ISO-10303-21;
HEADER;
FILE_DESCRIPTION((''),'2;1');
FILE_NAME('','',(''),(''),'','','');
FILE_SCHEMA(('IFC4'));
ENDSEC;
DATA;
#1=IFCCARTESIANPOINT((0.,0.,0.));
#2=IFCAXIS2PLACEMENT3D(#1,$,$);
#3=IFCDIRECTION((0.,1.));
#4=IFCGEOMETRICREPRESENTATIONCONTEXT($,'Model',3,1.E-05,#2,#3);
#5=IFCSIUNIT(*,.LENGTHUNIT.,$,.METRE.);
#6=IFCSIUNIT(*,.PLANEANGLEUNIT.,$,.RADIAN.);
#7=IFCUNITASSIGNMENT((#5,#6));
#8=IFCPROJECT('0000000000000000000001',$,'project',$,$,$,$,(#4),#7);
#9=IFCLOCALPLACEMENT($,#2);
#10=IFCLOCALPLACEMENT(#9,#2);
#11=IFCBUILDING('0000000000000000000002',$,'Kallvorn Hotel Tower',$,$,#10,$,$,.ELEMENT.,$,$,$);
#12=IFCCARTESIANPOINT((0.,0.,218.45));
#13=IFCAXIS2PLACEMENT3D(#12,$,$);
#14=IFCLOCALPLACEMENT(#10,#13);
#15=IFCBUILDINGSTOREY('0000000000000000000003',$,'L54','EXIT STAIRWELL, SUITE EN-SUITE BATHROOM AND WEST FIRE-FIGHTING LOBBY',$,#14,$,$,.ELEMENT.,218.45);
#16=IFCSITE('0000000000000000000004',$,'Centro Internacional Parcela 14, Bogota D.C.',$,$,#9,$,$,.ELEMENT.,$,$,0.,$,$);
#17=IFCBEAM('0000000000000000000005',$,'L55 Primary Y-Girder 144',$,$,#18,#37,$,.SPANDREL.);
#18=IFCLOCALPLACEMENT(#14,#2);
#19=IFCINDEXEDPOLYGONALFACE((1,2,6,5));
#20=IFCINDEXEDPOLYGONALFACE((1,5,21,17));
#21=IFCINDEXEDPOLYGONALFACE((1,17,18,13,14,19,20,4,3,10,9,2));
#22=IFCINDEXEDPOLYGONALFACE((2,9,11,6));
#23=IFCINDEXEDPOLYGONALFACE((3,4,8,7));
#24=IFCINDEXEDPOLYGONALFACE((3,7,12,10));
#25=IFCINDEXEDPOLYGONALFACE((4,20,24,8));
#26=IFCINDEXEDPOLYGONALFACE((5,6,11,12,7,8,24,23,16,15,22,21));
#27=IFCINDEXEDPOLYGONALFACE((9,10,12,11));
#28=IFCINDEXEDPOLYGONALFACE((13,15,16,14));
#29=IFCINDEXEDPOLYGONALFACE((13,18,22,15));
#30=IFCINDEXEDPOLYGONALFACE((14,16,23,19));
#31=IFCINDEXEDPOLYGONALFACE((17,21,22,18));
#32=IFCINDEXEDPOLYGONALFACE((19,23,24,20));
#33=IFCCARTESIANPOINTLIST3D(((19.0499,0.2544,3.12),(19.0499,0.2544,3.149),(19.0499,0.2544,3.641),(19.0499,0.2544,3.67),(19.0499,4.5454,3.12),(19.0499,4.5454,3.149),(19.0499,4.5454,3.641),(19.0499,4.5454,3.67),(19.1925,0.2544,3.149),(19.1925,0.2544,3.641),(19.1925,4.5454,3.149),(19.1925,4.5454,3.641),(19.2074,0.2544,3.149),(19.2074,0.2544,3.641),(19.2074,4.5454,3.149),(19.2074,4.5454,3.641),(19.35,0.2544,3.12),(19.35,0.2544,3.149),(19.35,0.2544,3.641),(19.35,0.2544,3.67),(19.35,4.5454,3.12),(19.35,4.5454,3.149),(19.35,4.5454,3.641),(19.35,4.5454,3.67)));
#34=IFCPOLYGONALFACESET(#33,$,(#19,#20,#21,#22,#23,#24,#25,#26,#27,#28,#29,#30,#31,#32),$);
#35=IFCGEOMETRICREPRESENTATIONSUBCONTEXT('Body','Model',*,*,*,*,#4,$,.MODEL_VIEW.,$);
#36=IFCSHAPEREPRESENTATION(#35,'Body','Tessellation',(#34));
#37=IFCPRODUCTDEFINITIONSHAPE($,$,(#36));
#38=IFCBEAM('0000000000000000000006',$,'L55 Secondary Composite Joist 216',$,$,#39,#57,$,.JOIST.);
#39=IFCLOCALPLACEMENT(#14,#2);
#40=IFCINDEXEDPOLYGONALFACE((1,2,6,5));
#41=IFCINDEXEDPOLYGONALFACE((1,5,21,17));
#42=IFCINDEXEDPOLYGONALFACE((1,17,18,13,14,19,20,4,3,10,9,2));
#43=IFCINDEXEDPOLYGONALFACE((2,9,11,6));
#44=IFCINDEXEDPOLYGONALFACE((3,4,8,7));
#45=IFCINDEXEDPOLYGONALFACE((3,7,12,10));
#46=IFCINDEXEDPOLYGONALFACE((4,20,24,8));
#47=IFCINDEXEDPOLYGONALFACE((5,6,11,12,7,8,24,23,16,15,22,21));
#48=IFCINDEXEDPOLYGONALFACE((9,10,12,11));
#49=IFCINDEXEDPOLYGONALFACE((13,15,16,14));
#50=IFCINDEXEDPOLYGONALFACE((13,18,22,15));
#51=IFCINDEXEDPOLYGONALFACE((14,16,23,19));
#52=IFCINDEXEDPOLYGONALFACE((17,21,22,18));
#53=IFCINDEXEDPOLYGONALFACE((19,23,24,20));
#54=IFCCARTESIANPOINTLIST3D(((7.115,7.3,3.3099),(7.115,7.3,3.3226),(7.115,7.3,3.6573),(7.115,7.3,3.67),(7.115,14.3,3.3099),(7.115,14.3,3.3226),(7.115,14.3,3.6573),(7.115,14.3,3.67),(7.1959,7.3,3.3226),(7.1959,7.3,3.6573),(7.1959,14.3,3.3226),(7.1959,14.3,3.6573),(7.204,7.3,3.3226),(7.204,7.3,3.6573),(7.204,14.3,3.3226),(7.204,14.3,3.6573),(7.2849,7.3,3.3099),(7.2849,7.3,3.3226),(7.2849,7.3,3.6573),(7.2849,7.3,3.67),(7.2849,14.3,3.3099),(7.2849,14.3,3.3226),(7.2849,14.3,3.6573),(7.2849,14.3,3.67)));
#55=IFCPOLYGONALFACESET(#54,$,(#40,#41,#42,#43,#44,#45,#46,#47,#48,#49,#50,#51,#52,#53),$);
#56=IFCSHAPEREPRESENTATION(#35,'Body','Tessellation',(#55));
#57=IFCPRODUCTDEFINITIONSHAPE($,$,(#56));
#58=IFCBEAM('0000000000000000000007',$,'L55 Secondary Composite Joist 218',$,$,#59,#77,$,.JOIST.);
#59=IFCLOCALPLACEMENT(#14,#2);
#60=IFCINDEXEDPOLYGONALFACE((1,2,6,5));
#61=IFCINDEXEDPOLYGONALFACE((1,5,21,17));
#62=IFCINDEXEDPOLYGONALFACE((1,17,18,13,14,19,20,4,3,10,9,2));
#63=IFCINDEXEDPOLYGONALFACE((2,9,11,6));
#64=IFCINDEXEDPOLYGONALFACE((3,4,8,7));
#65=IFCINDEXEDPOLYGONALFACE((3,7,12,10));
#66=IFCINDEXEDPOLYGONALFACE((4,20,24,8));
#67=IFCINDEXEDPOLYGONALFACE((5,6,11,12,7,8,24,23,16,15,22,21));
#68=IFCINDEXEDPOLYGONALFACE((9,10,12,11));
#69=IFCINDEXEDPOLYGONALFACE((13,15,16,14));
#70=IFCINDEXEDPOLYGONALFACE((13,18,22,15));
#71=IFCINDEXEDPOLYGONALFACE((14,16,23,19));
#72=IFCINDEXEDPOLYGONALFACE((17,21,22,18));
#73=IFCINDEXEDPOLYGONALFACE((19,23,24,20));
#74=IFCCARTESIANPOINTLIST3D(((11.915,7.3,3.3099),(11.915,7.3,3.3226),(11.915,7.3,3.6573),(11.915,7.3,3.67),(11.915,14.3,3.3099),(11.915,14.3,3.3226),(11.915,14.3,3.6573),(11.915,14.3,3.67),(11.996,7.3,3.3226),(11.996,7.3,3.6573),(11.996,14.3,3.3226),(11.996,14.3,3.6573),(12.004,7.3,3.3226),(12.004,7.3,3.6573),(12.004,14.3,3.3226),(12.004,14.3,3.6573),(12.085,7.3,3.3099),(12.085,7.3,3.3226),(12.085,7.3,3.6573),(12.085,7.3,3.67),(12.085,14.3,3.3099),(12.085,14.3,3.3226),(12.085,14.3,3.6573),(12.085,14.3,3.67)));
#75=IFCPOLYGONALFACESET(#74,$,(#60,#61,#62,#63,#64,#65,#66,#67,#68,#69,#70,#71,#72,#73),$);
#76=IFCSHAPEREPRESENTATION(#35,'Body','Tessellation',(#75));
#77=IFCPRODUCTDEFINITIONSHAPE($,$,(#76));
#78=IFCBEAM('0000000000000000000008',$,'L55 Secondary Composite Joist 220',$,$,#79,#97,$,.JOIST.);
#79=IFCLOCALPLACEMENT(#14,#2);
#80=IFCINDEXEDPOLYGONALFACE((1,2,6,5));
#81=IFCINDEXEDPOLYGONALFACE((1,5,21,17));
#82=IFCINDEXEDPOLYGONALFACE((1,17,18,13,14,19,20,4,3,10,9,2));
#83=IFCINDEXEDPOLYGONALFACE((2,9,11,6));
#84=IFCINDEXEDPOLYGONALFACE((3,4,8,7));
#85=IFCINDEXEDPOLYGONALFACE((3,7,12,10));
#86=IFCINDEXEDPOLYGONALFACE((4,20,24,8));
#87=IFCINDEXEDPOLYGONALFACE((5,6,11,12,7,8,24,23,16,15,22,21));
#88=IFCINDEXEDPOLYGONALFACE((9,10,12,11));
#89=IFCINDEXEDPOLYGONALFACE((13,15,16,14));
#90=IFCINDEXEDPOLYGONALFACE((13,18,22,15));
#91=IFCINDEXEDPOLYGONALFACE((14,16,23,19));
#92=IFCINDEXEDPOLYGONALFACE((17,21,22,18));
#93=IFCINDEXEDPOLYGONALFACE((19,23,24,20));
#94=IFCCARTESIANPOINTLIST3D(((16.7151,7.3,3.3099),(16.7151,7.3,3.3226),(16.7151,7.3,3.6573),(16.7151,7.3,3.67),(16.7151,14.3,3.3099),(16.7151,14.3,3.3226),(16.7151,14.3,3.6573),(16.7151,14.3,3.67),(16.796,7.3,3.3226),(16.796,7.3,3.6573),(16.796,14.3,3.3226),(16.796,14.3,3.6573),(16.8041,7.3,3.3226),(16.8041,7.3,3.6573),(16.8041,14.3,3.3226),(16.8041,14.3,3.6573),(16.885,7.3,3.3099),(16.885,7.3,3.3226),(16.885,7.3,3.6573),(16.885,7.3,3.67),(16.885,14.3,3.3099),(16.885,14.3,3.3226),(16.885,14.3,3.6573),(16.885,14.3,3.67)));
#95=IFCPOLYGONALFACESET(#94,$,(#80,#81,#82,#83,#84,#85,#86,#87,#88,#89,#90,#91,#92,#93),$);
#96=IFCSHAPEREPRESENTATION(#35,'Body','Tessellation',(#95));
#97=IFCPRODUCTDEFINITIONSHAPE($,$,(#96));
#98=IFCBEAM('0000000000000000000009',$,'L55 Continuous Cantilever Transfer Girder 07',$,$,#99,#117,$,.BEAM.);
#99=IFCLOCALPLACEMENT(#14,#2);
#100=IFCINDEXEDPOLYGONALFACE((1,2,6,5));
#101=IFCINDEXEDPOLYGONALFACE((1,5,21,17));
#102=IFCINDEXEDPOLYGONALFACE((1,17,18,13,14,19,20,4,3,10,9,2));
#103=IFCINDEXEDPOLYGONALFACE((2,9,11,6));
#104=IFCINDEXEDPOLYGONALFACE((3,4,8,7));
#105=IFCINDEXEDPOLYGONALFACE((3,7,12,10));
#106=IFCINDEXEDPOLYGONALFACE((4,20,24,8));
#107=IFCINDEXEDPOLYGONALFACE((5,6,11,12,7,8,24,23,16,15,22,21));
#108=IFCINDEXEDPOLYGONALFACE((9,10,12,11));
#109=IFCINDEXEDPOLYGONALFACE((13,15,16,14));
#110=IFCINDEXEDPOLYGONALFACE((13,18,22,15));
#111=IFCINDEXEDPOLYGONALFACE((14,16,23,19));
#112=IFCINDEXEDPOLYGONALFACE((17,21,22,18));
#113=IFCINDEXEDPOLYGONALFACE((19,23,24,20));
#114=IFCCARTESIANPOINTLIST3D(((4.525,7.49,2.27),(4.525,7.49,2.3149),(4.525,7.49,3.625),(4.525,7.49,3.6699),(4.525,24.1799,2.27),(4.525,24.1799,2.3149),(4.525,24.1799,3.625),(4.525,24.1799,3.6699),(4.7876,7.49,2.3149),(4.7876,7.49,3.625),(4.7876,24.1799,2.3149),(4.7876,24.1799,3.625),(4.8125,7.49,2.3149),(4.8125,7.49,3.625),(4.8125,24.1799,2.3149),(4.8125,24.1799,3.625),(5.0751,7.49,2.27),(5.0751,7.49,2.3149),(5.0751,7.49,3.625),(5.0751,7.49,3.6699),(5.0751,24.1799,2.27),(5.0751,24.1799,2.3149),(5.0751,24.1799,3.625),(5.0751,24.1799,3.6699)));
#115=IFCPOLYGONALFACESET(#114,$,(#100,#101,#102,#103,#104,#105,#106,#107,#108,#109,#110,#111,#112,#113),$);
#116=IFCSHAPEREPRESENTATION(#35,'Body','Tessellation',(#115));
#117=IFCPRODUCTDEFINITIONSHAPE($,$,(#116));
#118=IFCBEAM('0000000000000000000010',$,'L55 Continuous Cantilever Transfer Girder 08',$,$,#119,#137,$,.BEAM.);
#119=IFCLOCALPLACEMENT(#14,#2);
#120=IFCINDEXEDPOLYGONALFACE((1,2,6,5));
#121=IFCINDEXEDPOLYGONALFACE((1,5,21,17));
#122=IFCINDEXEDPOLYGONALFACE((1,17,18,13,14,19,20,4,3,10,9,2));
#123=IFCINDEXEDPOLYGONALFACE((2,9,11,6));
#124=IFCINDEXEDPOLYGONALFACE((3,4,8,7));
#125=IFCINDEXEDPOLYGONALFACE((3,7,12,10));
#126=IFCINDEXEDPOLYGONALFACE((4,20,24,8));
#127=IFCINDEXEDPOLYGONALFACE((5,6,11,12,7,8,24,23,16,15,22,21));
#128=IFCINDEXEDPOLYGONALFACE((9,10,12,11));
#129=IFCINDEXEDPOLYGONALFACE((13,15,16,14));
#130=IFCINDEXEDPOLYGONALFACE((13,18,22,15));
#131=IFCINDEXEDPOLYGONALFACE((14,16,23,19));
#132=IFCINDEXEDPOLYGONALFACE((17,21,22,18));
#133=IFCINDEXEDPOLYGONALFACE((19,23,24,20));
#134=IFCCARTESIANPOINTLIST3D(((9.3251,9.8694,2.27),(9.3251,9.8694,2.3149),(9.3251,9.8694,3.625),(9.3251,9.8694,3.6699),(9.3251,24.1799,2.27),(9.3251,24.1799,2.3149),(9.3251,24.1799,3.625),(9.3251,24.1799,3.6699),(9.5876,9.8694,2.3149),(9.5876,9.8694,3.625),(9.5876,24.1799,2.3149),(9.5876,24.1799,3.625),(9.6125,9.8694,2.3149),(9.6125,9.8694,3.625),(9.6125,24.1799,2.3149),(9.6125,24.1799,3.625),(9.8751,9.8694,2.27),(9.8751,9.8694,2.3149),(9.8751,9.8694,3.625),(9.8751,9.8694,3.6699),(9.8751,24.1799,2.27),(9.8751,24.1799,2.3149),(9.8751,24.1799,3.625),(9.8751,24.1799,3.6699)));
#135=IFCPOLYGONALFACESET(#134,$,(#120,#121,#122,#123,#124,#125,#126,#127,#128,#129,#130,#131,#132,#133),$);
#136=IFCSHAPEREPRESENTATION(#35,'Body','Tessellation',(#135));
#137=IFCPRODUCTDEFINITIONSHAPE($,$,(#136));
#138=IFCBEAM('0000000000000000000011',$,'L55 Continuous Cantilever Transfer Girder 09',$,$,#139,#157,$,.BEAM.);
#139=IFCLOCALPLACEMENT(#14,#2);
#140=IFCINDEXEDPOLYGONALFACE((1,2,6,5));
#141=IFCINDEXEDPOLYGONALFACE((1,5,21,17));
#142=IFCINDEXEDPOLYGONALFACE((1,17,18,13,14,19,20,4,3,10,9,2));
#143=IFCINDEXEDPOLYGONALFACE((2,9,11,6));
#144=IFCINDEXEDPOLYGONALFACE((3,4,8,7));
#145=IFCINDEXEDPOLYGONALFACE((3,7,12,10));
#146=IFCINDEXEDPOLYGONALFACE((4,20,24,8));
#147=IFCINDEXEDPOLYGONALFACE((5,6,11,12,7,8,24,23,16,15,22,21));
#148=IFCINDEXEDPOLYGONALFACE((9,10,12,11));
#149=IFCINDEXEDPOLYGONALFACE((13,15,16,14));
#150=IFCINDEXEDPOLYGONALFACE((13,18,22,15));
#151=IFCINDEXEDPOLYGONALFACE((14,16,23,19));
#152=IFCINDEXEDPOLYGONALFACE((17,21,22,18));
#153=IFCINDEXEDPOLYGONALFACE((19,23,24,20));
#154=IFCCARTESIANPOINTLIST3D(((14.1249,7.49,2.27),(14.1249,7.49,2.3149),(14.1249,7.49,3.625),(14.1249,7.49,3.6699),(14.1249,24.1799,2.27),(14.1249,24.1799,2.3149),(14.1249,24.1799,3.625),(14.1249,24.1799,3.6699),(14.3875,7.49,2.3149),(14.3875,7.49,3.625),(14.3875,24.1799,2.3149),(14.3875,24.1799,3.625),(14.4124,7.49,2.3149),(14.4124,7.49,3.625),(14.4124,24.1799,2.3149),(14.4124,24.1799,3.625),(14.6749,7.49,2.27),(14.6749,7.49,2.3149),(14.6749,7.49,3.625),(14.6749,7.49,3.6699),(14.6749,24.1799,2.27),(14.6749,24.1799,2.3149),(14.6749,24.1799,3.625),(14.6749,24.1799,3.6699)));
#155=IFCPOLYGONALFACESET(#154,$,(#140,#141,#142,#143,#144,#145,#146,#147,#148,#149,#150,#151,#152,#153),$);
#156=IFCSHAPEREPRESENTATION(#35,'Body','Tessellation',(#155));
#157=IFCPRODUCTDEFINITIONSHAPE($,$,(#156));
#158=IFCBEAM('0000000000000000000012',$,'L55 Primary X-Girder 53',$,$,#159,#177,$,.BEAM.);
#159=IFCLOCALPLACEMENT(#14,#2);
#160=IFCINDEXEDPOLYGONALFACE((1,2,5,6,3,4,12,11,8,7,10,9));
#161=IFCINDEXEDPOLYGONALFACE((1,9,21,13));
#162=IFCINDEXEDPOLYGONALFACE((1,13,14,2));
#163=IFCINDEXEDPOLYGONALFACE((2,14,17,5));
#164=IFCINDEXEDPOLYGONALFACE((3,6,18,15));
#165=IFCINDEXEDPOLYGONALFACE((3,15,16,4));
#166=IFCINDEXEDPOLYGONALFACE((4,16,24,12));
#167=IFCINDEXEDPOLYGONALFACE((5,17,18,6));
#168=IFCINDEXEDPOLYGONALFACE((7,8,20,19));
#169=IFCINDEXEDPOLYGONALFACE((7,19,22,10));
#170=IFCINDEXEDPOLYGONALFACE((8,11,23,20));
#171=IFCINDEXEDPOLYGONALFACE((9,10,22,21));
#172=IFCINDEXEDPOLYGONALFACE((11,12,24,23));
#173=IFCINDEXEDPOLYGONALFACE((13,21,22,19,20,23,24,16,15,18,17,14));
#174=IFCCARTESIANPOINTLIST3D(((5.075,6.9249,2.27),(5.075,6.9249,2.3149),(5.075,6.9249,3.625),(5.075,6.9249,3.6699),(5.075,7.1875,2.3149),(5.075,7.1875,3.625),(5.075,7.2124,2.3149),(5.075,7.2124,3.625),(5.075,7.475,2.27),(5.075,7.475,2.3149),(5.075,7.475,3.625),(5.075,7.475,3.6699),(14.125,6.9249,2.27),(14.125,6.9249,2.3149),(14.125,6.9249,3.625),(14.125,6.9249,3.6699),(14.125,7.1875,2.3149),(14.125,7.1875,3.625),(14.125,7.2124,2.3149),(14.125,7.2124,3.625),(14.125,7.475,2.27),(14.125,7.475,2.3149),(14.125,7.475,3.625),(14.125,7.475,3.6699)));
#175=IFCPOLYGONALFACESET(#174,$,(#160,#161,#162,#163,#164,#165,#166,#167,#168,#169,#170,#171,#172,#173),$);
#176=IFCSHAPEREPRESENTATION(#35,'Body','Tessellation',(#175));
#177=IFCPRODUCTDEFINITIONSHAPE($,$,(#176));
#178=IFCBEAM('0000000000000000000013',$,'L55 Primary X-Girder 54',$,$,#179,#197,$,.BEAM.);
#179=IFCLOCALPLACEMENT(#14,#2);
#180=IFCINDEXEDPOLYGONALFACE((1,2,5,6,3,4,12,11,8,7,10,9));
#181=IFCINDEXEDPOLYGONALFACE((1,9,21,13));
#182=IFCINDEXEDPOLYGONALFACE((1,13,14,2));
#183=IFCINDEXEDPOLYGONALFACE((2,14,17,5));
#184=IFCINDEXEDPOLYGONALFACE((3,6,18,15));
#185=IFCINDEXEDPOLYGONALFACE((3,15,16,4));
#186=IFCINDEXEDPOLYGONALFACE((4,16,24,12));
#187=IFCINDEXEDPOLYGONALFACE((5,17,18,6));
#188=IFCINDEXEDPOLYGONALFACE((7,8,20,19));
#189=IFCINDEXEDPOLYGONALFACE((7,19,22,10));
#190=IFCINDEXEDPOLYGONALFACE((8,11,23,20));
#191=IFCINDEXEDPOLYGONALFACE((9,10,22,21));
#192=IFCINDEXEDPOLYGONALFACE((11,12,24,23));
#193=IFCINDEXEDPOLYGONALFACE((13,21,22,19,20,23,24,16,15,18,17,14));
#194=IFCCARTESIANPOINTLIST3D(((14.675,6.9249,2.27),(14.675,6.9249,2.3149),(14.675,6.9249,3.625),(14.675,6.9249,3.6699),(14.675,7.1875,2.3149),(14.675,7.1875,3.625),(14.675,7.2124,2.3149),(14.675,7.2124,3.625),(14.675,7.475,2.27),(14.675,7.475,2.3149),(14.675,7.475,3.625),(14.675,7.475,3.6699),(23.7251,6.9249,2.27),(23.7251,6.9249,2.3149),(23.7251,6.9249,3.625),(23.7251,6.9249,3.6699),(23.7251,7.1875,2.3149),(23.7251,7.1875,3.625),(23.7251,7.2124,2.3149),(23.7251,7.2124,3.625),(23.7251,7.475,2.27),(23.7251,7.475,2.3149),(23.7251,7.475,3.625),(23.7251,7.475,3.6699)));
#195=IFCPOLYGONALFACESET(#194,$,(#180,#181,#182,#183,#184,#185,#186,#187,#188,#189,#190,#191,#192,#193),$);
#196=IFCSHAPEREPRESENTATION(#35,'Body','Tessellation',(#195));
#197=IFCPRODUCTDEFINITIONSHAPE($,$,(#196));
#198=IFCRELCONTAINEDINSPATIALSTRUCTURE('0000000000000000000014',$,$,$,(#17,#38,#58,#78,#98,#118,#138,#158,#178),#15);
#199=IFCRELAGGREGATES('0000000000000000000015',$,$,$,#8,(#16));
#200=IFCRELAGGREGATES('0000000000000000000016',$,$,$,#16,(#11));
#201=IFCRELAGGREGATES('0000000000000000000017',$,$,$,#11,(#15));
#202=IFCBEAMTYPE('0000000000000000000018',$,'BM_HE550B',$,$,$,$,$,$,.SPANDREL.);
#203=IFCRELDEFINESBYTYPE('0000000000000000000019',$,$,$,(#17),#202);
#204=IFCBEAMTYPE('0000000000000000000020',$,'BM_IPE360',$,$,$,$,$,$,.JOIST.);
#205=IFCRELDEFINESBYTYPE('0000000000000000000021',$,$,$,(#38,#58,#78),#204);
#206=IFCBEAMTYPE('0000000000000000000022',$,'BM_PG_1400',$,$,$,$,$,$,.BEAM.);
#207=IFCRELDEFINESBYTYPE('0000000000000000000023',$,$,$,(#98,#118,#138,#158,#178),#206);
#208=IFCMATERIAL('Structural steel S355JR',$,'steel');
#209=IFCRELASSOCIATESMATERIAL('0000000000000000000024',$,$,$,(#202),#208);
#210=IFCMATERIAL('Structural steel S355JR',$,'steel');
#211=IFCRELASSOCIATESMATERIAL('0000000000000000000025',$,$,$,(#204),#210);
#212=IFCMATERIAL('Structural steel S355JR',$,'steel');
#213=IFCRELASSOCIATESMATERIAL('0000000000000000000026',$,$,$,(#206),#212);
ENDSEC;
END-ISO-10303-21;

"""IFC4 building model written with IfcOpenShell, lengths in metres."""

from ifc_helpers import new_model, si_unit, direction, frame, origin, origin_2d, place, context, subcontext, project, spatial, i_section, extrude, material, material_profile, profile_set, type_object, element, save


model = new_model("IFC4")

# Units and contexts
model_context = context("Model", 3, precision=1e-05, world=origin(), true_north=direction((0.0, 1.0)))
body_context = subcontext(model_context, "Body", "Model", "MODEL_VIEW")
ifc_project = project(units=[si_unit("LENGTHUNIT", "METRE"), si_unit("PLANEANGLEUNIT", "RADIAN")], contexts=[model_context])

# Site, building, storey
site_placement = place(None, origin())
site = spatial("IfcSite", under=ifc_project, at=site_placement, Name="Centro Internacional Parcela 14, Bogota D.C.", CompositionType="ELEMENT", RefElevation=0.0)
building_placement = place(site_placement, origin())
building = spatial("IfcBuilding", under=site, at=building_placement, Name="Kallvorn Hotel Tower", CompositionType="ELEMENT")
storey_placement = place(building_placement, frame((0.0, 0.0, 218.45)))
storey = spatial("IfcBuildingStorey", under=building, at=storey_placement, Name="L54", Description="EXIT STAIRWELL, SUITE EN-SUITE BATHROOM AND WEST FIRE-FIGHTING LOBBY", CompositionType="ELEMENT", Elevation=218.45)

# Beams
ifc_material_1 = material(Name="Structural steel S355JR", Category="steel")
ifc_material_profile_1 = material_profile(ifc_material_1, i_section(OverallWidth=0.3, OverallDepth=0.55, WebThickness=0.0149, FlangeThickness=0.0291, at=origin_2d()), Name="HE 550 B")
ifc_profile_set_1 = profile_set([ifc_material_profile_1], Name="Structural steel S355JR")
beam_type_1 = type_object("IfcBeamType", Name="BM_HE550B", PredefinedType="SPANDREL", material=ifc_profile_set_1)
beam_1_placement = place(storey_placement, frame((19.2, 0.2544, 3.395), z_axis=(0.0, 1.0, 0.0), x_axis=(-1.0, 0.0, 0.0)))
element("IfcBeam", 1, at=beam_1_placement, inside=storey, type_object=beam_type_1, Name="L55 Primary Y-Girder 144", PredefinedType="SPANDREL", context=body_context, shape_type="SweptSolid", body=[
    extrude(i_section(OverallWidth=0.3, OverallDepth=0.55, WebThickness=0.0149, FlangeThickness=0.0291, at=origin_2d()), origin(), (0.0, 0.0, 1.0), 4.291),
])
ifc_material_2 = material(Name="Structural steel S355JR", Category="steel")
ifc_material_profile_2 = material_profile(ifc_material_2, i_section(OverallWidth=0.1699, OverallDepth=0.3601, WebThickness=0.0081, FlangeThickness=0.0127, at=origin_2d()), Name="IPE 360")
ifc_profile_set_2 = profile_set([ifc_material_profile_2], Name="Structural steel S355JR")
beam_type_2 = type_object("IfcBeamType", Name="BM_IPE360", PredefinedType="JOIST", material=ifc_profile_set_2)
for number, where, z_axis, x_axis, name in (
    (2, (7.2, 7.3, 3.49), (0.0, 1.0, 0.0), (-1.0, 0.0, 0.0), "L55 Secondary Composite Joist 216"),
    (3, (12.0, 7.3, 3.49), (0.0, 1.0, 0.0), (-1.0, 0.0, 0.0), "L55 Secondary Composite Joist 218"),
    (4, (16.8, 7.3, 3.49), (0.0, 1.0, 0.0), (-1.0, 0.0, 0.0), "L55 Secondary Composite Joist 220"),
):
    element("IfcBeam", number, at=place(storey_placement, frame(where, z_axis=z_axis, x_axis=x_axis)), inside=storey, type_object=beam_type_2, Name=name, PredefinedType="JOIST", context=body_context, shape_type="SweptSolid", body=[
        extrude(i_section(OverallWidth=0.1699, OverallDepth=0.3601, WebThickness=0.0081, FlangeThickness=0.0127, at=origin_2d()), origin(), (0.0, 0.0, 1.0), 7.0),
    ])
ifc_material_3 = material(Name="Structural steel S355JR", Category="steel")
ifc_material_profile_3 = material_profile(ifc_material_3, i_section(OverallWidth=0.55, OverallDepth=1.3999, WebThickness=0.0249, FlangeThickness=0.0449, at=origin_2d()), Name="PG 1400x550x25x45")
ifc_profile_set_3 = profile_set([ifc_material_profile_3], Name="Structural steel S355JR")
beam_type_3 = type_object("IfcBeamType", Name="BM_PG_1400", PredefinedType="BEAM", material=ifc_profile_set_3)
beam_2_placement = place(storey_placement, frame((4.8, 7.49, 2.97), z_axis=(0.0, 1.0, 0.0), x_axis=(-1.0, 0.0, 0.0)))
element("IfcBeam", 5, at=beam_2_placement, inside=storey, type_object=beam_type_3, Name="L55 Continuous Cantilever Transfer Girder 07", PredefinedType="BEAM", context=body_context, shape_type="SweptSolid", body=[
    extrude(i_section(OverallWidth=0.55, OverallDepth=1.3999, WebThickness=0.0249, FlangeThickness=0.0449, at=origin_2d()), origin(), (0.0, 0.0, 1.0), 16.6899),
])
beam_3_placement = place(storey_placement, frame((9.6001, 9.8694, 2.97), z_axis=(0.0, 1.0, 0.0), x_axis=(-1.0, 0.0, 0.0)))
element("IfcBeam", 6, at=beam_3_placement, inside=storey, type_object=beam_type_3, Name="L55 Continuous Cantilever Transfer Girder 08", PredefinedType="BEAM", context=body_context, shape_type="SweptSolid", body=[
    extrude(i_section(OverallWidth=0.55, OverallDepth=1.3999, WebThickness=0.0249, FlangeThickness=0.0449, at=origin_2d()), origin(), (0.0, 0.0, 1.0), 14.3105),
])
beam_4_placement = place(storey_placement, frame((14.3999, 7.49, 2.97), z_axis=(0.0, 1.0, 0.0), x_axis=(-1.0, 0.0, 0.0)))
element("IfcBeam", 7, at=beam_4_placement, inside=storey, type_object=beam_type_3, Name="L55 Continuous Cantilever Transfer Girder 09", PredefinedType="BEAM", context=body_context, shape_type="SweptSolid", body=[
    extrude(i_section(OverallWidth=0.55, OverallDepth=1.3999, WebThickness=0.0249, FlangeThickness=0.0449, at=origin_2d()), origin(), (0.0, 0.0, 1.0), 16.6899),
])
for number, where, z_axis, x_axis, name in (
    (8, (5.075, 7.2, 2.97), (1.0, 0.0, 0.0), (0.0, 1.0, 0.0), "L55 Primary X-Girder 53"),
    (9, (14.675, 7.2, 2.97), (1.0, 0.0, 0.0), (0.0, 1.0, 0.0), "L55 Primary X-Girder 54"),
):
    element("IfcBeam", number, at=place(storey_placement, frame(where, z_axis=z_axis, x_axis=x_axis)), inside=storey, type_object=beam_type_3, Name=name, PredefinedType="BEAM", context=body_context, shape_type="SweptSolid", body=[
        extrude(i_section(OverallWidth=0.55, OverallDepth=1.3999, WebThickness=0.0249, FlangeThickness=0.0449, at=origin_2d()), origin(), (0.0, 0.0, 1.0), 9.05),
    ])

save(model, "model.ifc")
